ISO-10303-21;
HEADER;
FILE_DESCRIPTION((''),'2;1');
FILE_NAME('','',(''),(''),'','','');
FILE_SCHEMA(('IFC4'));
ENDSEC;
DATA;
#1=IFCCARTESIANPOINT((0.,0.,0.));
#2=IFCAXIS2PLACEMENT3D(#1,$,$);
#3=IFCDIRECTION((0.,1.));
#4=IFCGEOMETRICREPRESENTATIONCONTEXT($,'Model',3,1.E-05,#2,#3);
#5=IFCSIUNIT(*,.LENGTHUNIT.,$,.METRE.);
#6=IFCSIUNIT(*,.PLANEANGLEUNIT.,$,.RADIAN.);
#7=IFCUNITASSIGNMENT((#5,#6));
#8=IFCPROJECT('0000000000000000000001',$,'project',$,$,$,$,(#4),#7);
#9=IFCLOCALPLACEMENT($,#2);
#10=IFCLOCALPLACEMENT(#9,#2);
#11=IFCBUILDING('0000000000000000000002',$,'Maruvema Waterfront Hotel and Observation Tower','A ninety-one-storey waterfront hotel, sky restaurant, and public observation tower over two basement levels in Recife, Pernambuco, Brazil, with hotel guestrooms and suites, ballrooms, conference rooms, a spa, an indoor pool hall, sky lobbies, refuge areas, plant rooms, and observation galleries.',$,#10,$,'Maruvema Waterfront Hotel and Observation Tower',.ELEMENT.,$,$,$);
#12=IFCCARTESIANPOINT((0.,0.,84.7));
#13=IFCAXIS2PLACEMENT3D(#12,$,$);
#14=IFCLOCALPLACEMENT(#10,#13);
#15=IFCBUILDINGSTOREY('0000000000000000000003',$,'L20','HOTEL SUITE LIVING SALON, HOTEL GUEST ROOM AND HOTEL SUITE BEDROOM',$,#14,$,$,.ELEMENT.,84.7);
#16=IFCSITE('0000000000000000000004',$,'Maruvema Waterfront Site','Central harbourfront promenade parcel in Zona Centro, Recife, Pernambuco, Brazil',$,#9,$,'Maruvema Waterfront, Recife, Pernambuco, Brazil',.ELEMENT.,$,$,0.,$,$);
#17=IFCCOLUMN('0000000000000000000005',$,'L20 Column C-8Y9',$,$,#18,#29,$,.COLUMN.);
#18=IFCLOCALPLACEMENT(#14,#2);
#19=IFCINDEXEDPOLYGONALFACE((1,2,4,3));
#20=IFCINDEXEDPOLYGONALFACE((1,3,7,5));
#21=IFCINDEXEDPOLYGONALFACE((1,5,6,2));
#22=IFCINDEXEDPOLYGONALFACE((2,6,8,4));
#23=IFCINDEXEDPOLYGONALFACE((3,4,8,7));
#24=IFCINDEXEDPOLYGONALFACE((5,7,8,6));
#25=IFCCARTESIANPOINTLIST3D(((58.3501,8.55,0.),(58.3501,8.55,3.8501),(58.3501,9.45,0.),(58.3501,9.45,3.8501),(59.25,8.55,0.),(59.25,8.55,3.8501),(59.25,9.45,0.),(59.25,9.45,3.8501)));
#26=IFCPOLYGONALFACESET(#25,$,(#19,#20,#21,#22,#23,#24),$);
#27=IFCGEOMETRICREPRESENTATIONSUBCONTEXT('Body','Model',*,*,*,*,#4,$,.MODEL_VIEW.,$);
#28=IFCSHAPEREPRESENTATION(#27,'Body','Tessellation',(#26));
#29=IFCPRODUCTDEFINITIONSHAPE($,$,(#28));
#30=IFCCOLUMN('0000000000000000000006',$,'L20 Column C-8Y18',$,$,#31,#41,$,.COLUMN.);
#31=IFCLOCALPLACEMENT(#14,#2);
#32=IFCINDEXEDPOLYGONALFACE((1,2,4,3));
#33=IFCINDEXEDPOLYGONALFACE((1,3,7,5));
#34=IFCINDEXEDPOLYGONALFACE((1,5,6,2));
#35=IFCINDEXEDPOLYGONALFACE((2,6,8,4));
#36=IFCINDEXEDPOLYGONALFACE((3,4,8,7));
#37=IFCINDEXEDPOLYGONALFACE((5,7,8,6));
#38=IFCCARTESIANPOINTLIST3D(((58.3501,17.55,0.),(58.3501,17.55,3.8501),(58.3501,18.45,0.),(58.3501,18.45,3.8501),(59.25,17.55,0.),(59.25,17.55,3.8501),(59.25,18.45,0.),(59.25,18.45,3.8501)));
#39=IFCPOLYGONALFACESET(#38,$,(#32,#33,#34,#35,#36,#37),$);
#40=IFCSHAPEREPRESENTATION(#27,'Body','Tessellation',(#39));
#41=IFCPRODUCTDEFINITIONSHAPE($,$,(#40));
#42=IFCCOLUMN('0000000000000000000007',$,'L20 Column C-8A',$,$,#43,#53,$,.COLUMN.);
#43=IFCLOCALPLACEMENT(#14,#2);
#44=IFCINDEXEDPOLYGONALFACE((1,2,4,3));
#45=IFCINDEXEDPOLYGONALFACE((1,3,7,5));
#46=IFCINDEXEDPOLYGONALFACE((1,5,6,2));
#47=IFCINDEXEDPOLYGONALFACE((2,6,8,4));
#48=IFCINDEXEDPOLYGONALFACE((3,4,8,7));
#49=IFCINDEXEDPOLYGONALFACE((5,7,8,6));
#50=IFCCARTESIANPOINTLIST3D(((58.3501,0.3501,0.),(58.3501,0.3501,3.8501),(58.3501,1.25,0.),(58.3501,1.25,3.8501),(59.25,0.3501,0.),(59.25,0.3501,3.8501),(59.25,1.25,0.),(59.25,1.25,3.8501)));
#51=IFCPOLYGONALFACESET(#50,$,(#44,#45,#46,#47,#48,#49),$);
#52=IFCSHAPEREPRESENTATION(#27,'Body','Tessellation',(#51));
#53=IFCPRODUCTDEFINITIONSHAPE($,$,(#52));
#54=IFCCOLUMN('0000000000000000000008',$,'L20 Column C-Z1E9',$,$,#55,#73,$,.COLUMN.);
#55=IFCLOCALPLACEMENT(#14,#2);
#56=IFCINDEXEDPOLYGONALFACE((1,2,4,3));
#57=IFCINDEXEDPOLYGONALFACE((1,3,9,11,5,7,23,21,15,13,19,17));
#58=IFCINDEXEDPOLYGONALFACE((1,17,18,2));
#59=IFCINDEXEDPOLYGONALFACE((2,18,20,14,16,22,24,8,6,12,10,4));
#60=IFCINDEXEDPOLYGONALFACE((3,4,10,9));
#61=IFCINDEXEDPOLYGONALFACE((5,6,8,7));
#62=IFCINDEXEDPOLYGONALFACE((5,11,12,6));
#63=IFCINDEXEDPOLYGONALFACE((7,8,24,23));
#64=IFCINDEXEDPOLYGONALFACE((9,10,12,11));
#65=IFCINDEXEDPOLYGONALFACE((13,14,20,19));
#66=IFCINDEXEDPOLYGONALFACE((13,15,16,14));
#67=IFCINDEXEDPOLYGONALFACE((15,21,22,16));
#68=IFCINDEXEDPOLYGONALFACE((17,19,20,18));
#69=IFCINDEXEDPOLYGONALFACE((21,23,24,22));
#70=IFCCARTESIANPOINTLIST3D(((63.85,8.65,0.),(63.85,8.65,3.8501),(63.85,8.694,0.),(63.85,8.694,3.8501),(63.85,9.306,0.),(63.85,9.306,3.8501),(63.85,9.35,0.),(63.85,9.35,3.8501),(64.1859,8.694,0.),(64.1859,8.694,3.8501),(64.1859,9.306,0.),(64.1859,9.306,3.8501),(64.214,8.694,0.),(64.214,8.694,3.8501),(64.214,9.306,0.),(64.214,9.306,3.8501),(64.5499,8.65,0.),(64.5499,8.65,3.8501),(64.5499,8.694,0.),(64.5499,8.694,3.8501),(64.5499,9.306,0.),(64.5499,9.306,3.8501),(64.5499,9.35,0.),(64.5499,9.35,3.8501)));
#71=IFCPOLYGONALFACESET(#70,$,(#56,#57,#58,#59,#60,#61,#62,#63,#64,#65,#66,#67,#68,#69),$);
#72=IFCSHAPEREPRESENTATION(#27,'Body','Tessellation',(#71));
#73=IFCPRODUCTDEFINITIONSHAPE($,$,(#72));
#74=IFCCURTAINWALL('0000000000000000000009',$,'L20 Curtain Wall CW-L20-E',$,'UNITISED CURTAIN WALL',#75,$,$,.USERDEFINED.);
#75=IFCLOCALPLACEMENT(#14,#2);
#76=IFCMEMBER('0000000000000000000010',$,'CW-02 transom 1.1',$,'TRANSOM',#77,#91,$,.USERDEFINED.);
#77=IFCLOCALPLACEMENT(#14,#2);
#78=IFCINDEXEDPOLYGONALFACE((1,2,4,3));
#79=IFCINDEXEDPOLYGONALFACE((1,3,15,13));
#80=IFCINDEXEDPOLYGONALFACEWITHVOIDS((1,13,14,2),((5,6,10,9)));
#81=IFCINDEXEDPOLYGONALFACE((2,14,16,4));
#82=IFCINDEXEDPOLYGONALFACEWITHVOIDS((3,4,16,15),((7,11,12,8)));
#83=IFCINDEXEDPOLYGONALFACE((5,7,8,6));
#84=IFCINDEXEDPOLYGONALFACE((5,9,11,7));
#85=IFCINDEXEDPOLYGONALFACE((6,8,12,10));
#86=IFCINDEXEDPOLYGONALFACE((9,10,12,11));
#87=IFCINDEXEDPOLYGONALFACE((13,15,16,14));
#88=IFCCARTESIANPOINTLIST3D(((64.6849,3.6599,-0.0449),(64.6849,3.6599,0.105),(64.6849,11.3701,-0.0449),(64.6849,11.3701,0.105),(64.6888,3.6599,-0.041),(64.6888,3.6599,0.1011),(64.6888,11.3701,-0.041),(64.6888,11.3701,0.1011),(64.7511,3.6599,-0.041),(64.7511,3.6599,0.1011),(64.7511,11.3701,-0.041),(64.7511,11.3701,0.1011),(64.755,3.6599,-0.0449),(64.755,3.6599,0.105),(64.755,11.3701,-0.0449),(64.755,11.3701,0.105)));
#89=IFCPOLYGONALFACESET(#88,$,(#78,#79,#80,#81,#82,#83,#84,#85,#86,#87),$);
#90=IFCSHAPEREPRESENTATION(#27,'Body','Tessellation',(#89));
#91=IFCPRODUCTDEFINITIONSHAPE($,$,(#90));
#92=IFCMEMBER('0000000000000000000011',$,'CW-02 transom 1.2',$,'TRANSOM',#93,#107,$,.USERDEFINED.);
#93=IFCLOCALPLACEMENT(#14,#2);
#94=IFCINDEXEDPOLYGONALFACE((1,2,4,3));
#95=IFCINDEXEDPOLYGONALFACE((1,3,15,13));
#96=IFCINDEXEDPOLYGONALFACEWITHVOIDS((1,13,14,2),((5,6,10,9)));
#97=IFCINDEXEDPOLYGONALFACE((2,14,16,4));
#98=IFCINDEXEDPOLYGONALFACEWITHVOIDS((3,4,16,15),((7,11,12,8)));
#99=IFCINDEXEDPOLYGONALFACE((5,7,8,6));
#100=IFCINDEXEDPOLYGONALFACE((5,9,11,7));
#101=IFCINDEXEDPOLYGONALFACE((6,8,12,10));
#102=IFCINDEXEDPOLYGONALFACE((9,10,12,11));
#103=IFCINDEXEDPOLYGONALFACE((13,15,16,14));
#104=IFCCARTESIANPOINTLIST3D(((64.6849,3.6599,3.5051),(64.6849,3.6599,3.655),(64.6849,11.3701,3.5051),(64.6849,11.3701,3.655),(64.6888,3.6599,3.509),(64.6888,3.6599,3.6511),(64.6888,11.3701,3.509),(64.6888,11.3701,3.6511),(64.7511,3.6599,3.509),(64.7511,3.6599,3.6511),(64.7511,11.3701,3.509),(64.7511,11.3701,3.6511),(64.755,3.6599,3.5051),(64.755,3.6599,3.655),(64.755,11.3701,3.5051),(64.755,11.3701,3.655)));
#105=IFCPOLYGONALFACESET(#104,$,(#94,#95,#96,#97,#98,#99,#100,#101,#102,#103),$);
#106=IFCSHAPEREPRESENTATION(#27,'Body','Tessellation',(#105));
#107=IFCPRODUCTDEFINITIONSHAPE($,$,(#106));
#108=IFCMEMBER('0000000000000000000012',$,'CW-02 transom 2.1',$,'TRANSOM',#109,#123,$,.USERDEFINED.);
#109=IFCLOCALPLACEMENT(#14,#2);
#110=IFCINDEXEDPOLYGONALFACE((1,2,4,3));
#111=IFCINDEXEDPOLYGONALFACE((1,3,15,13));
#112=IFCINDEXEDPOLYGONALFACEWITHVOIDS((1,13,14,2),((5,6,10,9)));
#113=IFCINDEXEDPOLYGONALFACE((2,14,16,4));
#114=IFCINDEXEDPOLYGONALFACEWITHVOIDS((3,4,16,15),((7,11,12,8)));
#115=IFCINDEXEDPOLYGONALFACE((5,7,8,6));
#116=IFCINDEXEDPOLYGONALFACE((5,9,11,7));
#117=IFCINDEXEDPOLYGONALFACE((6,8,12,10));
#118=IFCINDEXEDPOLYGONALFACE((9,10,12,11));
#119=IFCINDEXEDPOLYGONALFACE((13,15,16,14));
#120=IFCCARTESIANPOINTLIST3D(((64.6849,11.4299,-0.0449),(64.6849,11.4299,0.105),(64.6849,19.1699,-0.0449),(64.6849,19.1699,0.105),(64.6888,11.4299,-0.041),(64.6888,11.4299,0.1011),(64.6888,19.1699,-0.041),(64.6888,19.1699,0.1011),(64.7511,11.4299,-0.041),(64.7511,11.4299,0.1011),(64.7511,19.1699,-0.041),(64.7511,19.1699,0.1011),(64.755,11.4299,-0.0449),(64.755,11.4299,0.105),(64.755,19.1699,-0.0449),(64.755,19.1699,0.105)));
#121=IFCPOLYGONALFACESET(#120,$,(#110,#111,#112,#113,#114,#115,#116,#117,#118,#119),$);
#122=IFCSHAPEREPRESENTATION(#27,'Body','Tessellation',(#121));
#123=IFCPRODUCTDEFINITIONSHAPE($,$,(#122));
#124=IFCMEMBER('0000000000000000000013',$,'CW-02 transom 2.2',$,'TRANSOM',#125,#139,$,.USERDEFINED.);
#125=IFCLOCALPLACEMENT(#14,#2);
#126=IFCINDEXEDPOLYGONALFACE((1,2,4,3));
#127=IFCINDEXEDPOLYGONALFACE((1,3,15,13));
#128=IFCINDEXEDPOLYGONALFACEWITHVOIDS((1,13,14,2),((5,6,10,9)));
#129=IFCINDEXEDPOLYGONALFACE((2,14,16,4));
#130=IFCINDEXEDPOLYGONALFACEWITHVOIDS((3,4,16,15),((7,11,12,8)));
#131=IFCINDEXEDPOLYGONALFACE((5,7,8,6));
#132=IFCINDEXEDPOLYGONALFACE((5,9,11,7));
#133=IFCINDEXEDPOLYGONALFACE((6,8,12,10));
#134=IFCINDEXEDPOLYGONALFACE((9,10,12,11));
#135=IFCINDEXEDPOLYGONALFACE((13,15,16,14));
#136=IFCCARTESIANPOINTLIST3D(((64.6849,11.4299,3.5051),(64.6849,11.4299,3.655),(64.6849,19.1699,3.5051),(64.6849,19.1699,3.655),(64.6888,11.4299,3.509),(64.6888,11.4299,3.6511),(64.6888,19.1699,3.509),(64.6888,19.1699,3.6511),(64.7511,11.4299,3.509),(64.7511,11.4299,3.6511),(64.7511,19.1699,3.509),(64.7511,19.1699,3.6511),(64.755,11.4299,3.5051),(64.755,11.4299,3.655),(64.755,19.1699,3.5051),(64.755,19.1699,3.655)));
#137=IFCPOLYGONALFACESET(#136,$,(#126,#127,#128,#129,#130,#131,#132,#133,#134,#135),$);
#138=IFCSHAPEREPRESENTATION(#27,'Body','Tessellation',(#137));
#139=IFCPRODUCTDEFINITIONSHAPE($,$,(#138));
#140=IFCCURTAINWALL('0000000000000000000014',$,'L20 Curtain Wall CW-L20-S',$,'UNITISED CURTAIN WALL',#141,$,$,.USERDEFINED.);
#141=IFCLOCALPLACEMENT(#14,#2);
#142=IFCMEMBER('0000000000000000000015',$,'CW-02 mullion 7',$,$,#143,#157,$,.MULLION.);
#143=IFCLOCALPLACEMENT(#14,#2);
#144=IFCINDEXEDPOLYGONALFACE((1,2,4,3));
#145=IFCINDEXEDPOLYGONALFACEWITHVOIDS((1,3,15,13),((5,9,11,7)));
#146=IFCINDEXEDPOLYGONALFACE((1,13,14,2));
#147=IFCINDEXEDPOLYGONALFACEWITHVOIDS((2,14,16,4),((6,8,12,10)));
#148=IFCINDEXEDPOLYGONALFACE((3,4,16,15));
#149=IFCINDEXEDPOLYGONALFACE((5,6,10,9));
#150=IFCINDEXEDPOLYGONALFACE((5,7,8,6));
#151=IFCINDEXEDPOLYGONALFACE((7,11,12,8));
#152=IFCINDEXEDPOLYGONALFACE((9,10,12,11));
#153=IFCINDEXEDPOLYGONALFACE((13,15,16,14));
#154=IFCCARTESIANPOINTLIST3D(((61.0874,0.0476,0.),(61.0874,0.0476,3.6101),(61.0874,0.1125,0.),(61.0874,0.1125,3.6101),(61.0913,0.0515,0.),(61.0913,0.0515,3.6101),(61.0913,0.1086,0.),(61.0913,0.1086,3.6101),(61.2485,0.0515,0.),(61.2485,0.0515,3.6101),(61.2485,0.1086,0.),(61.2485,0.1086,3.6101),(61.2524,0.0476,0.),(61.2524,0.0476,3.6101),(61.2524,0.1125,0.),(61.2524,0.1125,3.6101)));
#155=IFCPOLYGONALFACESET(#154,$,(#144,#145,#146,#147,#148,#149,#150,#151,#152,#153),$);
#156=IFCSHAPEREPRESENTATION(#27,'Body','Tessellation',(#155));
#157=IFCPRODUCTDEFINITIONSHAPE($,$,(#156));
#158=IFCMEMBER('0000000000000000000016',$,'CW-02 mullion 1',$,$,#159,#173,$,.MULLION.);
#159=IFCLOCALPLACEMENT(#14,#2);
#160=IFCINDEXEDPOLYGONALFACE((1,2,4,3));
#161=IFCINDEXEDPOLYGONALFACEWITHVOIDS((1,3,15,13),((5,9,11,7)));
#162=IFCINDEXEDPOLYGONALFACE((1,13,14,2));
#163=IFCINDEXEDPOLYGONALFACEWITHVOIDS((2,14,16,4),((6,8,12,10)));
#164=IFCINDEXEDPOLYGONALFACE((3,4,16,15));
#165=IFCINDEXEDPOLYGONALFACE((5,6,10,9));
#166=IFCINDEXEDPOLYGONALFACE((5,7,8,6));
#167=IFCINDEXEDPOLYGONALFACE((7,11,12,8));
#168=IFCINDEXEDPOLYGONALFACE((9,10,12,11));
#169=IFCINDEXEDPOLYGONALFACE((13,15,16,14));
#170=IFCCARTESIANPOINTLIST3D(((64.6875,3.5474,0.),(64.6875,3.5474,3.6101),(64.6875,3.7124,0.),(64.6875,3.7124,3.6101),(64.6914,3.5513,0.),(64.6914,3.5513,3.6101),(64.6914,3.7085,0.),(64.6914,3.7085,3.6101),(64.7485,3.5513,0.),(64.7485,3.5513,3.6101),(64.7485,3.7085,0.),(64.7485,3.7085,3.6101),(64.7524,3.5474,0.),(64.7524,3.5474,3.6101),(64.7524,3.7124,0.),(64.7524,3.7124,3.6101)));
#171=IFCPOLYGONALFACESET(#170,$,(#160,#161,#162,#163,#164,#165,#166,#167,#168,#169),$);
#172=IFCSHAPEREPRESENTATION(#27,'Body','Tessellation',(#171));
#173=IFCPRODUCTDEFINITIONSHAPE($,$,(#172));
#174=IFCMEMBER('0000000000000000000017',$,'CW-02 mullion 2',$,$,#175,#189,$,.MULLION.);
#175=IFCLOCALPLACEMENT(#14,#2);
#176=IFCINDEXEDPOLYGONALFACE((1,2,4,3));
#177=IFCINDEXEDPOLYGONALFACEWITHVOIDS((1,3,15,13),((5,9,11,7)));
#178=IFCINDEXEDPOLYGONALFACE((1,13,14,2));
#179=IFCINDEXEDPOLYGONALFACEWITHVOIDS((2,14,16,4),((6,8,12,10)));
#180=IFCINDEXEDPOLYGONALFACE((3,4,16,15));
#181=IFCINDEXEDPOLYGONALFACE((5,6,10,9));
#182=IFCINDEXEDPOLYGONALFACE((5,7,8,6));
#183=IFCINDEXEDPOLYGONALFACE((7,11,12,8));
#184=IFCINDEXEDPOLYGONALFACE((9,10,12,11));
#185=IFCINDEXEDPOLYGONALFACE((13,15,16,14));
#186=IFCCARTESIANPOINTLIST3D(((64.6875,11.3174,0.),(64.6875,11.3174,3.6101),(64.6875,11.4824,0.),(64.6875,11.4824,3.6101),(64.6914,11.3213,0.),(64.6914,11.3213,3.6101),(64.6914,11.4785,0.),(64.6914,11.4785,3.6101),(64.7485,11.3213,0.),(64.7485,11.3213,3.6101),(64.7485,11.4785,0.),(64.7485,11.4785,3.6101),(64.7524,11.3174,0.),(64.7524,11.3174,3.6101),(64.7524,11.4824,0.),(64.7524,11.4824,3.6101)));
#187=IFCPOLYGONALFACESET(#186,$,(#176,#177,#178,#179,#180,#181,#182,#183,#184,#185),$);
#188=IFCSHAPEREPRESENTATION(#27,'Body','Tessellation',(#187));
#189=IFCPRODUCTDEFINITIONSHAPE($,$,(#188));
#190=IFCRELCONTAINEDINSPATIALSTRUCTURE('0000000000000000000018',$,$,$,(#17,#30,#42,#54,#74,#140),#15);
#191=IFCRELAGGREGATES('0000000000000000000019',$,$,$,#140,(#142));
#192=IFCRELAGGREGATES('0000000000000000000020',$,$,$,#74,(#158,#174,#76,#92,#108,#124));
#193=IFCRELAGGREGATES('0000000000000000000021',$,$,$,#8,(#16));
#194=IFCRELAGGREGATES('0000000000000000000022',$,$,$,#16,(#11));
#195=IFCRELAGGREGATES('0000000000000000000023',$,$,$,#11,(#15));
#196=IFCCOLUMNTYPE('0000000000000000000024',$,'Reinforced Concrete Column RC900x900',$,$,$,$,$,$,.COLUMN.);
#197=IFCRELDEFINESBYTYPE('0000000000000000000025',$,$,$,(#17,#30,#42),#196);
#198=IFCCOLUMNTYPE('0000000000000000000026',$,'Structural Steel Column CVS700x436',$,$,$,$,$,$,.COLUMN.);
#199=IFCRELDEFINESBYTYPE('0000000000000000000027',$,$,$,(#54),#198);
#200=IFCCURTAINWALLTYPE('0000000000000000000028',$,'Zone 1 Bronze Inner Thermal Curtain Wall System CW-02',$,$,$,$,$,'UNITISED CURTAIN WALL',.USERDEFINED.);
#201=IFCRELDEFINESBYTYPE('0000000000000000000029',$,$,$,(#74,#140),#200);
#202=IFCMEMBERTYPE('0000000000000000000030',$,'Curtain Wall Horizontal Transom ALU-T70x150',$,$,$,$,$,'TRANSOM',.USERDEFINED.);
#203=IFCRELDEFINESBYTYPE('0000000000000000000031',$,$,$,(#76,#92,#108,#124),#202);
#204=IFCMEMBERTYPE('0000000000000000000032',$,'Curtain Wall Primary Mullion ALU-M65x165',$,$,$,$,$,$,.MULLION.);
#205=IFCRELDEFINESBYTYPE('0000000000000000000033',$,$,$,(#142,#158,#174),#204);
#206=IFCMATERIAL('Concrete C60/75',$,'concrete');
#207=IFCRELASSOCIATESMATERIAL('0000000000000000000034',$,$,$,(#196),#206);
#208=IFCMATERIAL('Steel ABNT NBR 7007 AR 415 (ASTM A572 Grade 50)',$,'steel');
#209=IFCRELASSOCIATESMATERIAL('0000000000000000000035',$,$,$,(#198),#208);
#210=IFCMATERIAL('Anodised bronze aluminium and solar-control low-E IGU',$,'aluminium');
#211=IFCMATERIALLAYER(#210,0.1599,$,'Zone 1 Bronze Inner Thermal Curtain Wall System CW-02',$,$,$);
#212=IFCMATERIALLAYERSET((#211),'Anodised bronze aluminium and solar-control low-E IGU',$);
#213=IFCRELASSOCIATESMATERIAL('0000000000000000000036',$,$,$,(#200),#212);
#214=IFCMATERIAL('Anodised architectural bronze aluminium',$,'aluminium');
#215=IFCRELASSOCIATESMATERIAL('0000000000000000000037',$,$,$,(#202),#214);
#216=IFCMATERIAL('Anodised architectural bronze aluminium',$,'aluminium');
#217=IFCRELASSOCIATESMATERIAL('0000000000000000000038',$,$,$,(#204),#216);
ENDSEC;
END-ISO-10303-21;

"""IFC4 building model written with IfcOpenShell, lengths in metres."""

from ifc_helpers import new_model, si_unit, direction, frame, origin, origin_2d, place, context, subcontext, project, spatial, rectangle, hollow_rectangle, i_section, extrude, material, layer, layer_set, material_profile, profile_set, type_object, element, aggregate, save


model = new_model("IFC4")

# Units and contexts
model_context = context("Model", 3, precision=1e-05, world=origin(), true_north=direction((0.0, 1.0)))
body_context = subcontext(model_context, "Body", "Model", "MODEL_VIEW")
ifc_project = project(units=[si_unit("LENGTHUNIT", "METRE"), si_unit("PLANEANGLEUNIT", "RADIAN")], contexts=[model_context])

# Site, building, storey
site_placement = place(None, origin())
site = spatial("IfcSite", under=ifc_project, at=site_placement, Name="Maruvema Waterfront Site", Description="Central harbourfront promenade parcel in Zona Centro, Recife, Pernambuco, Brazil", LongName="Maruvema Waterfront, Recife, Pernambuco, Brazil", CompositionType="ELEMENT", RefElevation=0.0)
building_placement = place(site_placement, origin())
building = spatial("IfcBuilding", under=site, at=building_placement, Name="Maruvema Waterfront Hotel and Observation Tower", Description="A ninety-one-storey waterfront hotel, sky restaurant, and public observation tower over two basement levels in Recife, Pernambuco, Brazil, with hotel guestrooms and suites, ballrooms, conference rooms, a spa, an indoor pool hall, sky lobbies, refuge areas, plant rooms, and observation galleries.", LongName="Maruvema Waterfront Hotel and Observation Tower", CompositionType="ELEMENT")
storey_placement = place(building_placement, frame((0.0, 0.0, 84.7)))
storey = spatial("IfcBuildingStorey", under=building, at=storey_placement, Name="L20", Description="HOTEL SUITE LIVING SALON, HOTEL GUEST ROOM AND HOTEL SUITE BEDROOM", CompositionType="ELEMENT", Elevation=84.7)

# Columns
ifc_material_1 = material(Name="Concrete C60/75", Category="concrete")
ifc_material_profile_1 = material_profile(ifc_material_1, rectangle(XDim=0.8999, YDim=0.8999, at=origin_2d()), Name="RC900x900")
ifc_profile_set_1 = profile_set([ifc_material_profile_1], Name="Concrete C60/75")
column_type_1 = type_object("IfcColumnType", Name="Reinforced Concrete Column RC900x900", PredefinedType="COLUMN", material=ifc_profile_set_1)
for number, where, z_axis, x_axis, name in (
    (1, (58.8, 9.0, 0.0), (0.0, 0.0, 1.0), (1.0, 0.0, 0.0), "L20 Column C-8Y9"),
    (2, (58.8, 18.0, 0.0), (0.0, 0.0, 1.0), (1.0, 0.0, 0.0), "L20 Column C-8Y18"),
    (3, (58.8, 0.8, 0.0), (0.0, 0.0, 1.0), (1.0, 0.0, 0.0), "L20 Column C-8A"),
):
    element("IfcColumn", number, at=place(storey_placement, frame(where, z_axis=z_axis, x_axis=x_axis)), inside=storey, type_object=column_type_1, Name=name, PredefinedType="COLUMN", context=body_context, shape_type="SweptSolid", body=[
        extrude(rectangle(XDim=0.8999, YDim=0.8999, at=origin_2d()), origin(), (0.0, 0.0, 1.0), 3.8501),
    ])
ifc_material_2 = material(Name="Steel ABNT NBR 7007 AR 415 (ASTM A572 Grade 50)", Category="steel")
ifc_material_profile_2 = material_profile(ifc_material_2, i_section(OverallWidth=0.7, OverallDepth=0.7, WebThickness=0.0281, FlangeThickness=0.0439, at=origin_2d()), Name="CVS700x436")
ifc_profile_set_2 = profile_set([ifc_material_profile_2], Name="Steel ABNT NBR 7007 AR 415 (ASTM A572 Grade 50)")
column_type_2 = type_object("IfcColumnType", Name="Structural Steel Column CVS700x436", PredefinedType="COLUMN", material=ifc_profile_set_2)
column_placement = place(storey_placement, frame((64.2, 9.0, 0.0), z_axis=(0.0, 0.0, 1.0), x_axis=(1.0, 0.0, 0.0)))
element("IfcColumn", 4, at=column_placement, inside=storey, type_object=column_type_2, Name="L20 Column C-Z1E9", PredefinedType="COLUMN", context=body_context, shape_type="SweptSolid", body=[
    extrude(i_section(OverallWidth=0.7, OverallDepth=0.7, WebThickness=0.0281, FlangeThickness=0.0439, at=origin_2d()), origin(), (0.0, 0.0, 1.0), 3.8501),
])

# Curtain wall, members
ifc_material_3 = material(Name="Anodised bronze aluminium and solar-control low-E IGU", Category="aluminium")
ifc_layer_1 = layer(ifc_material_3, 0.1599, Name="Zone 1 Bronze Inner Thermal Curtain Wall System CW-02")
ifc_layer_set_1 = layer_set([ifc_layer_1], Name="Anodised bronze aluminium and solar-control low-E IGU")
curtain_wall_type = type_object("IfcCurtainWallType", Name="Zone 1 Bronze Inner Thermal Curtain Wall System CW-02", ElementType="UNITISED CURTAIN WALL", PredefinedType="USERDEFINED", material=ifc_layer_set_1)
curtain_wall_1_placement = place(storey_placement, origin())
curtain_wall_1 = element("IfcCurtainWall", 5, at=curtain_wall_1_placement, inside=storey, type_object=curtain_wall_type, Name="L20 Curtain Wall CW-L20-E", ObjectType="UNITISED CURTAIN WALL", PredefinedType="USERDEFINED")
ifc_material_4 = material(Name="Anodised architectural bronze aluminium", Category="aluminium")
ifc_material_profile_3 = material_profile(ifc_material_4, hollow_rectangle(XDim=0.0701, YDim=0.1499, WallThickness=0.0039, at=origin_2d()), Name="ALU-T70x150")
ifc_profile_set_3 = profile_set([ifc_material_profile_3], Name="Anodised architectural bronze aluminium")
member_type_1 = type_object("IfcMemberType", Name="Curtain Wall Horizontal Transom ALU-T70x150", ElementType="TRANSOM", PredefinedType="USERDEFINED", material=ifc_profile_set_3)
member_1_placement = place(storey_placement, frame((64.72, 3.6599, 0.03), z_axis=(0.0, 1.0, 0.0), x_axis=(-1.0, 0.0, 0.0)))
member_1 = element("IfcMember", 6, at=member_1_placement, type_object=member_type_1, Name="CW-02 transom 1.1", ObjectType="TRANSOM", PredefinedType="USERDEFINED", context=body_context, shape_type="SweptSolid", body=[
    extrude(hollow_rectangle(XDim=0.0701, YDim=0.1499, WallThickness=0.0039, at=origin_2d()), origin(), (0.0, 0.0, 1.0), 7.7102),
])
member_2_placement = place(storey_placement, frame((64.72, 3.6599, 3.5801), z_axis=(0.0, 1.0, 0.0), x_axis=(-1.0, 0.0, 0.0)))
member_2 = element("IfcMember", 7, at=member_2_placement, type_object=member_type_1, Name="CW-02 transom 1.2", ObjectType="TRANSOM", PredefinedType="USERDEFINED", context=body_context, shape_type="SweptSolid", body=[
    extrude(hollow_rectangle(XDim=0.0701, YDim=0.1499, WallThickness=0.0039, at=origin_2d()), origin(), (0.0, 0.0, 1.0), 7.7102),
])
member_3_placement = place(storey_placement, frame((64.72, 11.4299, 0.03), z_axis=(0.0, 1.0, 0.0), x_axis=(-1.0, 0.0, 0.0)))
member_3 = element("IfcMember", 8, at=member_3_placement, type_object=member_type_1, Name="CW-02 transom 2.1", ObjectType="TRANSOM", PredefinedType="USERDEFINED", context=body_context, shape_type="SweptSolid", body=[
    extrude(hollow_rectangle(XDim=0.0701, YDim=0.1499, WallThickness=0.0039, at=origin_2d()), origin(), (0.0, 0.0, 1.0), 7.74),
])
member_4_placement = place(storey_placement, frame((64.72, 11.4299, 3.5801), z_axis=(0.0, 1.0, 0.0), x_axis=(-1.0, 0.0, 0.0)))
member_4 = element("IfcMember", 9, at=member_4_placement, type_object=member_type_1, Name="CW-02 transom 2.2", ObjectType="TRANSOM", PredefinedType="USERDEFINED", context=body_context, shape_type="SweptSolid", body=[
    extrude(hollow_rectangle(XDim=0.0701, YDim=0.1499, WallThickness=0.0039, at=origin_2d()), origin(), (0.0, 0.0, 1.0), 7.74),
])

# Curtain wall, member
curtain_wall_2_placement = place(storey_placement, origin())
curtain_wall_2 = element("IfcCurtainWall", 10, at=curtain_wall_2_placement, inside=storey, type_object=curtain_wall_type, Name="L20 Curtain Wall CW-L20-S", ObjectType="UNITISED CURTAIN WALL", PredefinedType="USERDEFINED")
ifc_material_5 = material(Name="Anodised architectural bronze aluminium", Category="aluminium")
ifc_material_profile_4 = material_profile(ifc_material_5, hollow_rectangle(XDim=0.0649, YDim=0.165, WallThickness=0.0039, at=origin_2d()), Name="ALU-M65x165")
ifc_profile_set_4 = profile_set([ifc_material_profile_4], Name="Anodised architectural bronze aluminium")
member_type_2 = type_object("IfcMemberType", Name="Curtain Wall Primary Mullion ALU-M65x165", PredefinedType="MULLION", material=ifc_profile_set_4)
member_5_placement = place(storey_placement, frame((61.1699, 0.0801, 0.0), z_axis=(0.0, 0.0, 1.0), x_axis=(0.0, 1.0, 0.0)))
member_5 = element("IfcMember", 11, at=member_5_placement, type_object=member_type_2, Name="CW-02 mullion 7", PredefinedType="MULLION", context=body_context, shape_type="SweptSolid", body=[
    extrude(hollow_rectangle(XDim=0.0649, YDim=0.165, WallThickness=0.0039, at=origin_2d()), origin(), (0.0, 0.0, 1.0), 3.6101),
])

# Members
member_6_placement = place(storey_placement, frame((64.72, 3.6299, 0.0), z_axis=(0.0, 0.0, 1.0), x_axis=(-1.0, 0.0, 0.0)))
member_6 = element("IfcMember", 12, at=member_6_placement, type_object=member_type_2, Name="CW-02 mullion 1", PredefinedType="MULLION", context=body_context, shape_type="SweptSolid", body=[
    extrude(hollow_rectangle(XDim=0.0649, YDim=0.165, WallThickness=0.0039, at=origin_2d()), origin(), (0.0, 0.0, 1.0), 3.6101),
])
member_7_placement = place(storey_placement, frame((64.72, 11.3999, 0.0), z_axis=(0.0, 0.0, 1.0), x_axis=(-1.0, 0.0, 0.0)))
member_7 = element("IfcMember", 13, at=member_7_placement, type_object=member_type_2, Name="CW-02 mullion 2", PredefinedType="MULLION", context=body_context, shape_type="SweptSolid", body=[
    extrude(hollow_rectangle(XDim=0.0649, YDim=0.165, WallThickness=0.0039, at=origin_2d()), origin(), (0.0, 0.0, 1.0), 3.6101),
])

aggregate(curtain_wall_2, [member_5])
aggregate(curtain_wall_1, [member_6, member_7, member_1, member_2, member_3, member_4])

save(model, "model.ifc")
